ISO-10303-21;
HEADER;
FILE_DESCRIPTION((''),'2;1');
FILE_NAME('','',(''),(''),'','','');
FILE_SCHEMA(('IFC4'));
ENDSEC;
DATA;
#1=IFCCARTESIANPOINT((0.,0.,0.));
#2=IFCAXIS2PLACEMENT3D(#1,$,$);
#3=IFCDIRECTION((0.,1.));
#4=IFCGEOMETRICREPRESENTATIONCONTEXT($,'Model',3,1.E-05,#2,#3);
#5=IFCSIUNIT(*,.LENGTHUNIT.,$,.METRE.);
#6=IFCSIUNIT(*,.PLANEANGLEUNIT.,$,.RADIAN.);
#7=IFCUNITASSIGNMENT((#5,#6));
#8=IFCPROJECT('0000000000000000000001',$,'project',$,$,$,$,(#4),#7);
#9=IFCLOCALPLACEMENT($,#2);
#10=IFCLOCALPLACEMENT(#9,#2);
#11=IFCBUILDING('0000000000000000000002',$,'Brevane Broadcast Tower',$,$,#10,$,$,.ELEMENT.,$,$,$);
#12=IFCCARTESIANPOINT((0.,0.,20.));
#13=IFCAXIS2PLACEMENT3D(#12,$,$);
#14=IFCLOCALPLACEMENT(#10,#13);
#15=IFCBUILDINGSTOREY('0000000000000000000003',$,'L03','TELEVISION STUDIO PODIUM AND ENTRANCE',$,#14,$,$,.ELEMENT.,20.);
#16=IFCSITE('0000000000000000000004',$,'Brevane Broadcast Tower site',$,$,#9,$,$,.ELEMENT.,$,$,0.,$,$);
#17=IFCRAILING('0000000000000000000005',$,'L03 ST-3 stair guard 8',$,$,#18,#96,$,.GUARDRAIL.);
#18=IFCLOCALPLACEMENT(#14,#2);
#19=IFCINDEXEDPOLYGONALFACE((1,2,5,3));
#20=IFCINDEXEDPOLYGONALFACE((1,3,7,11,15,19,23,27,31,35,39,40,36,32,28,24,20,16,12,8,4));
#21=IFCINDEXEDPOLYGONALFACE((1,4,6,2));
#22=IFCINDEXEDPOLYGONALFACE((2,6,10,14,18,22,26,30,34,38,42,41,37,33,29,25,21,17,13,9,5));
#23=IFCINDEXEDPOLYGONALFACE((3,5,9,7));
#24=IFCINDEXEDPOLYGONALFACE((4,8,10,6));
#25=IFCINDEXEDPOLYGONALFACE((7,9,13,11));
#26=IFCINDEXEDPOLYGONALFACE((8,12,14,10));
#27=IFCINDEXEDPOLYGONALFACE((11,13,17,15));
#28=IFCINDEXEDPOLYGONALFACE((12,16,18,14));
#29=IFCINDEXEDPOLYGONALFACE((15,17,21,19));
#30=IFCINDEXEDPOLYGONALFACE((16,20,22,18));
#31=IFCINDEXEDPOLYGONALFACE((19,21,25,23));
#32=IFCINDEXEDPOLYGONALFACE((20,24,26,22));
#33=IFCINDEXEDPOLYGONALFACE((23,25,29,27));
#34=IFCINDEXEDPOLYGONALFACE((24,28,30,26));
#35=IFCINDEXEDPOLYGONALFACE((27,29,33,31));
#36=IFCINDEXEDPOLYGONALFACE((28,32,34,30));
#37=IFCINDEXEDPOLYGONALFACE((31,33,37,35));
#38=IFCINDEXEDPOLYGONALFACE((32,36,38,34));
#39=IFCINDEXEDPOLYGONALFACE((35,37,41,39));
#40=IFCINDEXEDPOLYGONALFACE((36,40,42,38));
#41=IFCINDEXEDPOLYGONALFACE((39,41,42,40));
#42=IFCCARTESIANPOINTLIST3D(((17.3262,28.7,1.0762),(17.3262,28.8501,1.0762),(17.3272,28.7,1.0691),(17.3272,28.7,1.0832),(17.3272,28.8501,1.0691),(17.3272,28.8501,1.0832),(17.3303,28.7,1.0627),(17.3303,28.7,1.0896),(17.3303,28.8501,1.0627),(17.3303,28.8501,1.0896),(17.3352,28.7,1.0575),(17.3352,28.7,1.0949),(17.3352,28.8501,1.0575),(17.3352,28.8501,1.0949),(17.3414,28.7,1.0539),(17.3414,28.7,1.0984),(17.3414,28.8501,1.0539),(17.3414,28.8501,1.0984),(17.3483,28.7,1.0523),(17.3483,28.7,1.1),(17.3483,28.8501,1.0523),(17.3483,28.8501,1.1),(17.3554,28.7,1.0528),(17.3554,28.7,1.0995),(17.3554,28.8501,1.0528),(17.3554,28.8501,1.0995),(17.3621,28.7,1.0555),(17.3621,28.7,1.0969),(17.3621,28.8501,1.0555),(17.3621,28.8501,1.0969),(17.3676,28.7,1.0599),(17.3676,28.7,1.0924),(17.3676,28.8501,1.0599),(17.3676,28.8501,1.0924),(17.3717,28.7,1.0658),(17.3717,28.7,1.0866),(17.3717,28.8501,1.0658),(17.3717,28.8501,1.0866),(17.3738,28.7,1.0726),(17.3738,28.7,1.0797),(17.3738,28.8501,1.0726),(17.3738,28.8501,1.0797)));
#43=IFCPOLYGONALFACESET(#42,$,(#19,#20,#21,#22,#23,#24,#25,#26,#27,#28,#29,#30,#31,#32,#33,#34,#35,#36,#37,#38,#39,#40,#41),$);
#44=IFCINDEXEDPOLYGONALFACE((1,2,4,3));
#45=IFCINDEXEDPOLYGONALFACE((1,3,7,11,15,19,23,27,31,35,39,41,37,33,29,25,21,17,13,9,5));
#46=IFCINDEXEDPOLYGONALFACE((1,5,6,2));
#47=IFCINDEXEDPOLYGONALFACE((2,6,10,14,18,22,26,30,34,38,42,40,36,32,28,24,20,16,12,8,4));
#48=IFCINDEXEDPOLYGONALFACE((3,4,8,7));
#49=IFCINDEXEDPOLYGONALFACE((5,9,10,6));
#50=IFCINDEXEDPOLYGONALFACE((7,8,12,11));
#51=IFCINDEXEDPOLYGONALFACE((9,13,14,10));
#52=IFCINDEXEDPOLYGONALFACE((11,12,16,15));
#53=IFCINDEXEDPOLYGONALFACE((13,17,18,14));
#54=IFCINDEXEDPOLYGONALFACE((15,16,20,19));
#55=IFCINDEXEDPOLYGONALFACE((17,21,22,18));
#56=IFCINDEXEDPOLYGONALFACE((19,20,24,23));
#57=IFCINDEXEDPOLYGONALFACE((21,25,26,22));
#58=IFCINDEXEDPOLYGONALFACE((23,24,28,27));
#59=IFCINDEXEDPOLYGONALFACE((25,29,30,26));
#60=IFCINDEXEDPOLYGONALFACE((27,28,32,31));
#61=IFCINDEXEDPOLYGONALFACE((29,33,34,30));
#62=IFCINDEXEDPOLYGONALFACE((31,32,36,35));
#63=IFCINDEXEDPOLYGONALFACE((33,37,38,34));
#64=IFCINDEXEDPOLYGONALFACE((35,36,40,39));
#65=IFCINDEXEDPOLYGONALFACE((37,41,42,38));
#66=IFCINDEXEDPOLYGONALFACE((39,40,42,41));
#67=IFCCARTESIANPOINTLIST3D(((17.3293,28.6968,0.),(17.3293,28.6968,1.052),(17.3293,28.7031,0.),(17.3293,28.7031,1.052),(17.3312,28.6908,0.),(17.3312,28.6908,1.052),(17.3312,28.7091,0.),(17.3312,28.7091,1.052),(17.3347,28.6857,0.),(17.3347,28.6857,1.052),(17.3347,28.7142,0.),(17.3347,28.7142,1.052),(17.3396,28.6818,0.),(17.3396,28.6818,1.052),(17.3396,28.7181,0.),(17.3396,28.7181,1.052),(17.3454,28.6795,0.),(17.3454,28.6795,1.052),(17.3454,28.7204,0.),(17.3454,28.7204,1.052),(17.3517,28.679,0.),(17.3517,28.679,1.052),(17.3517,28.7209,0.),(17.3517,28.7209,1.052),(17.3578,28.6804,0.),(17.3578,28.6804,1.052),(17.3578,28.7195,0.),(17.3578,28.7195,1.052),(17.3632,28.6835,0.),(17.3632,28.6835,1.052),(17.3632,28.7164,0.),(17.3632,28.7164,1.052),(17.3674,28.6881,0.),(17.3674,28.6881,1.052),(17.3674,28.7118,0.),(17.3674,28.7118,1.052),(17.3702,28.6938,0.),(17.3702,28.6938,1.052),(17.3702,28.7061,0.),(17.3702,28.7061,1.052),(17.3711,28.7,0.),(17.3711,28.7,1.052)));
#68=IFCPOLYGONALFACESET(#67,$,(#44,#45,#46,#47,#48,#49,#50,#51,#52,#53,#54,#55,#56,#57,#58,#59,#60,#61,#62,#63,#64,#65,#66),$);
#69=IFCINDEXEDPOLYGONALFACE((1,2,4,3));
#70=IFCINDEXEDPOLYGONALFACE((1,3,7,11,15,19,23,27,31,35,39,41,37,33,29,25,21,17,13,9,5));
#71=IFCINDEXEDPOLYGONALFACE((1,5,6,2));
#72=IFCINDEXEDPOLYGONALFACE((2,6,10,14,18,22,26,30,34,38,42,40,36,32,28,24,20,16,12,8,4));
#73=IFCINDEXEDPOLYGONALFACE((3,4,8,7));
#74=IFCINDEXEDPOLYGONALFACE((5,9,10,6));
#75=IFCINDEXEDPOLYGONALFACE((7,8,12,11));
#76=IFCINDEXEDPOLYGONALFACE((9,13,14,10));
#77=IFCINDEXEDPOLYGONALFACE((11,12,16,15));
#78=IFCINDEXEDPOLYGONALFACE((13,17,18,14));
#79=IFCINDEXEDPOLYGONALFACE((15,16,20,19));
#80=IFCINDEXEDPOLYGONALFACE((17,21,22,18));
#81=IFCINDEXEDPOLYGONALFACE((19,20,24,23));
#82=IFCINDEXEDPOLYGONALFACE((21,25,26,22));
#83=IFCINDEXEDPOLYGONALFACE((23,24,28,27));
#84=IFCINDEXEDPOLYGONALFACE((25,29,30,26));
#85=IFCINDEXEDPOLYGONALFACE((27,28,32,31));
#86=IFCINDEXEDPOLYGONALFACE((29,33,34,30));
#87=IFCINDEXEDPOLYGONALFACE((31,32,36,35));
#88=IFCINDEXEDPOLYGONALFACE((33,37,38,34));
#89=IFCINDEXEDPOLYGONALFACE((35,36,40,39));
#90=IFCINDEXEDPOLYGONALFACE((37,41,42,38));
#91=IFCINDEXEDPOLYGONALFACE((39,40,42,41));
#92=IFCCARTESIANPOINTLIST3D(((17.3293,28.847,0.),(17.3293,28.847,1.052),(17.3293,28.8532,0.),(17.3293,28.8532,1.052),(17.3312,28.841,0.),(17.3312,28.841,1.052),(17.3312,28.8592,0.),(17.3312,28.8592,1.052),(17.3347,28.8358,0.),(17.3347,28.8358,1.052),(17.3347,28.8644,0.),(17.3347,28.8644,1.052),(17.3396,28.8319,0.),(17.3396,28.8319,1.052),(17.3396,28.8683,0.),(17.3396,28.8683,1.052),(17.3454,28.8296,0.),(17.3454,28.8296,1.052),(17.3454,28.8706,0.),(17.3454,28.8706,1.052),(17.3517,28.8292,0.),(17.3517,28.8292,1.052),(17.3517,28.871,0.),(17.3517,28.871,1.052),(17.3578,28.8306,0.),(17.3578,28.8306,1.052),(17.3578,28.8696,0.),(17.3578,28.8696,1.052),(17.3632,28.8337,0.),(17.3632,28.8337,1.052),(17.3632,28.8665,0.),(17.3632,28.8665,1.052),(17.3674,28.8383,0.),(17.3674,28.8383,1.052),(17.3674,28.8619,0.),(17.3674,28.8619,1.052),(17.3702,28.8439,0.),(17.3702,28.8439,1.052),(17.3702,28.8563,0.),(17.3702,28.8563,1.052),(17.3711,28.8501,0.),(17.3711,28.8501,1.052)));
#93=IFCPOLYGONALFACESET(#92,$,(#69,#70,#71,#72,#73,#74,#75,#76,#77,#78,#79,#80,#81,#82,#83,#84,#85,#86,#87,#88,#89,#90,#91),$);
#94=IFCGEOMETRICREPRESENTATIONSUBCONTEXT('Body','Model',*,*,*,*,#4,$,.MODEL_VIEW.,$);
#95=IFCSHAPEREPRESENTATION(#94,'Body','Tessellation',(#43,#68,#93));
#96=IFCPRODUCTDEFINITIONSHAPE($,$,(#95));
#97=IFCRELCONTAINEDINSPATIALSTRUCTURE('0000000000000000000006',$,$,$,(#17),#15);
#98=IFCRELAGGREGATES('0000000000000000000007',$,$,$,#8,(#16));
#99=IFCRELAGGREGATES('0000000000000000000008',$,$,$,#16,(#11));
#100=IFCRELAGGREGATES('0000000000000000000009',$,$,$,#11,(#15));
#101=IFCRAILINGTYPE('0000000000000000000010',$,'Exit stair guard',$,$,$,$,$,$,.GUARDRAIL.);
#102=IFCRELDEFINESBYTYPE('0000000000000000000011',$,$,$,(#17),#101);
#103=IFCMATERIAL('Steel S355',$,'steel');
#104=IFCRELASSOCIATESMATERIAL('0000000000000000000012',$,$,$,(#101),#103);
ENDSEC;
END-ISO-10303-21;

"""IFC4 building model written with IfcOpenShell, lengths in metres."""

from ifc_helpers import new_model, si_unit, direction, frame, origin, origin_2d, place, context, subcontext, project, spatial, circle, extrude, material, type_object, element, save


model = new_model("IFC4")

# Units and contexts
model_context = context("Model", 3, precision=1e-05, world=origin(), true_north=direction((0.0, 1.0)))
body_context = subcontext(model_context, "Body", "Model", "MODEL_VIEW")
ifc_project = project(units=[si_unit("LENGTHUNIT", "METRE"), si_unit("PLANEANGLEUNIT", "RADIAN")], contexts=[model_context])

# Site, building, storey
site_placement = place(None, origin())
site = spatial("IfcSite", under=ifc_project, at=site_placement, Name="Brevane Broadcast Tower site", CompositionType="ELEMENT", RefElevation=0.0)
building_placement = place(site_placement, origin())
building = spatial("IfcBuilding", under=site, at=building_placement, Name="Brevane Broadcast Tower", CompositionType="ELEMENT")
storey_placement = place(building_placement, frame((0.0, 0.0, 20.0)))
storey = spatial("IfcBuildingStorey", under=building, at=storey_placement, Name="L03", Description="TELEVISION STUDIO PODIUM AND ENTRANCE", CompositionType="ELEMENT", Elevation=20.0)

# Railing
ifc_material_1 = material(Name="Steel S355", Category="steel")
railing_type_1 = type_object("IfcRailingType", Name="Exit stair guard", PredefinedType="GUARDRAIL", material=ifc_material_1)
railing_1_placement = place(storey_placement, frame((17.3501, 28.7, 0.0)))
element("IfcRailing", 1, at=railing_1_placement, inside=storey, type_object=railing_type_1, Name="L03 ST-3 stair guard 8", PredefinedType="GUARDRAIL", context=body_context, shape_type="SweptSolid", body=[
    extrude(circle(Radius=0.0239, at=origin_2d()), frame((0.0, 0.0, 1.0762), z_axis=(0.0, 1.0, 0.0), x_axis=(-1.0, 0.0, 0.0)), (0.0, 0.0, 1.0), 0.1501),
    extrude(circle(Radius=0.021, at=origin_2d()), origin(), (0.0, 0.0, 1.0), 1.052),
    extrude(circle(Radius=0.021, at=origin_2d()), frame((0.0, 0.1501, 0.0)), (0.0, 0.0, 1.0), 1.052),
])

save(model, "model.ifc")
